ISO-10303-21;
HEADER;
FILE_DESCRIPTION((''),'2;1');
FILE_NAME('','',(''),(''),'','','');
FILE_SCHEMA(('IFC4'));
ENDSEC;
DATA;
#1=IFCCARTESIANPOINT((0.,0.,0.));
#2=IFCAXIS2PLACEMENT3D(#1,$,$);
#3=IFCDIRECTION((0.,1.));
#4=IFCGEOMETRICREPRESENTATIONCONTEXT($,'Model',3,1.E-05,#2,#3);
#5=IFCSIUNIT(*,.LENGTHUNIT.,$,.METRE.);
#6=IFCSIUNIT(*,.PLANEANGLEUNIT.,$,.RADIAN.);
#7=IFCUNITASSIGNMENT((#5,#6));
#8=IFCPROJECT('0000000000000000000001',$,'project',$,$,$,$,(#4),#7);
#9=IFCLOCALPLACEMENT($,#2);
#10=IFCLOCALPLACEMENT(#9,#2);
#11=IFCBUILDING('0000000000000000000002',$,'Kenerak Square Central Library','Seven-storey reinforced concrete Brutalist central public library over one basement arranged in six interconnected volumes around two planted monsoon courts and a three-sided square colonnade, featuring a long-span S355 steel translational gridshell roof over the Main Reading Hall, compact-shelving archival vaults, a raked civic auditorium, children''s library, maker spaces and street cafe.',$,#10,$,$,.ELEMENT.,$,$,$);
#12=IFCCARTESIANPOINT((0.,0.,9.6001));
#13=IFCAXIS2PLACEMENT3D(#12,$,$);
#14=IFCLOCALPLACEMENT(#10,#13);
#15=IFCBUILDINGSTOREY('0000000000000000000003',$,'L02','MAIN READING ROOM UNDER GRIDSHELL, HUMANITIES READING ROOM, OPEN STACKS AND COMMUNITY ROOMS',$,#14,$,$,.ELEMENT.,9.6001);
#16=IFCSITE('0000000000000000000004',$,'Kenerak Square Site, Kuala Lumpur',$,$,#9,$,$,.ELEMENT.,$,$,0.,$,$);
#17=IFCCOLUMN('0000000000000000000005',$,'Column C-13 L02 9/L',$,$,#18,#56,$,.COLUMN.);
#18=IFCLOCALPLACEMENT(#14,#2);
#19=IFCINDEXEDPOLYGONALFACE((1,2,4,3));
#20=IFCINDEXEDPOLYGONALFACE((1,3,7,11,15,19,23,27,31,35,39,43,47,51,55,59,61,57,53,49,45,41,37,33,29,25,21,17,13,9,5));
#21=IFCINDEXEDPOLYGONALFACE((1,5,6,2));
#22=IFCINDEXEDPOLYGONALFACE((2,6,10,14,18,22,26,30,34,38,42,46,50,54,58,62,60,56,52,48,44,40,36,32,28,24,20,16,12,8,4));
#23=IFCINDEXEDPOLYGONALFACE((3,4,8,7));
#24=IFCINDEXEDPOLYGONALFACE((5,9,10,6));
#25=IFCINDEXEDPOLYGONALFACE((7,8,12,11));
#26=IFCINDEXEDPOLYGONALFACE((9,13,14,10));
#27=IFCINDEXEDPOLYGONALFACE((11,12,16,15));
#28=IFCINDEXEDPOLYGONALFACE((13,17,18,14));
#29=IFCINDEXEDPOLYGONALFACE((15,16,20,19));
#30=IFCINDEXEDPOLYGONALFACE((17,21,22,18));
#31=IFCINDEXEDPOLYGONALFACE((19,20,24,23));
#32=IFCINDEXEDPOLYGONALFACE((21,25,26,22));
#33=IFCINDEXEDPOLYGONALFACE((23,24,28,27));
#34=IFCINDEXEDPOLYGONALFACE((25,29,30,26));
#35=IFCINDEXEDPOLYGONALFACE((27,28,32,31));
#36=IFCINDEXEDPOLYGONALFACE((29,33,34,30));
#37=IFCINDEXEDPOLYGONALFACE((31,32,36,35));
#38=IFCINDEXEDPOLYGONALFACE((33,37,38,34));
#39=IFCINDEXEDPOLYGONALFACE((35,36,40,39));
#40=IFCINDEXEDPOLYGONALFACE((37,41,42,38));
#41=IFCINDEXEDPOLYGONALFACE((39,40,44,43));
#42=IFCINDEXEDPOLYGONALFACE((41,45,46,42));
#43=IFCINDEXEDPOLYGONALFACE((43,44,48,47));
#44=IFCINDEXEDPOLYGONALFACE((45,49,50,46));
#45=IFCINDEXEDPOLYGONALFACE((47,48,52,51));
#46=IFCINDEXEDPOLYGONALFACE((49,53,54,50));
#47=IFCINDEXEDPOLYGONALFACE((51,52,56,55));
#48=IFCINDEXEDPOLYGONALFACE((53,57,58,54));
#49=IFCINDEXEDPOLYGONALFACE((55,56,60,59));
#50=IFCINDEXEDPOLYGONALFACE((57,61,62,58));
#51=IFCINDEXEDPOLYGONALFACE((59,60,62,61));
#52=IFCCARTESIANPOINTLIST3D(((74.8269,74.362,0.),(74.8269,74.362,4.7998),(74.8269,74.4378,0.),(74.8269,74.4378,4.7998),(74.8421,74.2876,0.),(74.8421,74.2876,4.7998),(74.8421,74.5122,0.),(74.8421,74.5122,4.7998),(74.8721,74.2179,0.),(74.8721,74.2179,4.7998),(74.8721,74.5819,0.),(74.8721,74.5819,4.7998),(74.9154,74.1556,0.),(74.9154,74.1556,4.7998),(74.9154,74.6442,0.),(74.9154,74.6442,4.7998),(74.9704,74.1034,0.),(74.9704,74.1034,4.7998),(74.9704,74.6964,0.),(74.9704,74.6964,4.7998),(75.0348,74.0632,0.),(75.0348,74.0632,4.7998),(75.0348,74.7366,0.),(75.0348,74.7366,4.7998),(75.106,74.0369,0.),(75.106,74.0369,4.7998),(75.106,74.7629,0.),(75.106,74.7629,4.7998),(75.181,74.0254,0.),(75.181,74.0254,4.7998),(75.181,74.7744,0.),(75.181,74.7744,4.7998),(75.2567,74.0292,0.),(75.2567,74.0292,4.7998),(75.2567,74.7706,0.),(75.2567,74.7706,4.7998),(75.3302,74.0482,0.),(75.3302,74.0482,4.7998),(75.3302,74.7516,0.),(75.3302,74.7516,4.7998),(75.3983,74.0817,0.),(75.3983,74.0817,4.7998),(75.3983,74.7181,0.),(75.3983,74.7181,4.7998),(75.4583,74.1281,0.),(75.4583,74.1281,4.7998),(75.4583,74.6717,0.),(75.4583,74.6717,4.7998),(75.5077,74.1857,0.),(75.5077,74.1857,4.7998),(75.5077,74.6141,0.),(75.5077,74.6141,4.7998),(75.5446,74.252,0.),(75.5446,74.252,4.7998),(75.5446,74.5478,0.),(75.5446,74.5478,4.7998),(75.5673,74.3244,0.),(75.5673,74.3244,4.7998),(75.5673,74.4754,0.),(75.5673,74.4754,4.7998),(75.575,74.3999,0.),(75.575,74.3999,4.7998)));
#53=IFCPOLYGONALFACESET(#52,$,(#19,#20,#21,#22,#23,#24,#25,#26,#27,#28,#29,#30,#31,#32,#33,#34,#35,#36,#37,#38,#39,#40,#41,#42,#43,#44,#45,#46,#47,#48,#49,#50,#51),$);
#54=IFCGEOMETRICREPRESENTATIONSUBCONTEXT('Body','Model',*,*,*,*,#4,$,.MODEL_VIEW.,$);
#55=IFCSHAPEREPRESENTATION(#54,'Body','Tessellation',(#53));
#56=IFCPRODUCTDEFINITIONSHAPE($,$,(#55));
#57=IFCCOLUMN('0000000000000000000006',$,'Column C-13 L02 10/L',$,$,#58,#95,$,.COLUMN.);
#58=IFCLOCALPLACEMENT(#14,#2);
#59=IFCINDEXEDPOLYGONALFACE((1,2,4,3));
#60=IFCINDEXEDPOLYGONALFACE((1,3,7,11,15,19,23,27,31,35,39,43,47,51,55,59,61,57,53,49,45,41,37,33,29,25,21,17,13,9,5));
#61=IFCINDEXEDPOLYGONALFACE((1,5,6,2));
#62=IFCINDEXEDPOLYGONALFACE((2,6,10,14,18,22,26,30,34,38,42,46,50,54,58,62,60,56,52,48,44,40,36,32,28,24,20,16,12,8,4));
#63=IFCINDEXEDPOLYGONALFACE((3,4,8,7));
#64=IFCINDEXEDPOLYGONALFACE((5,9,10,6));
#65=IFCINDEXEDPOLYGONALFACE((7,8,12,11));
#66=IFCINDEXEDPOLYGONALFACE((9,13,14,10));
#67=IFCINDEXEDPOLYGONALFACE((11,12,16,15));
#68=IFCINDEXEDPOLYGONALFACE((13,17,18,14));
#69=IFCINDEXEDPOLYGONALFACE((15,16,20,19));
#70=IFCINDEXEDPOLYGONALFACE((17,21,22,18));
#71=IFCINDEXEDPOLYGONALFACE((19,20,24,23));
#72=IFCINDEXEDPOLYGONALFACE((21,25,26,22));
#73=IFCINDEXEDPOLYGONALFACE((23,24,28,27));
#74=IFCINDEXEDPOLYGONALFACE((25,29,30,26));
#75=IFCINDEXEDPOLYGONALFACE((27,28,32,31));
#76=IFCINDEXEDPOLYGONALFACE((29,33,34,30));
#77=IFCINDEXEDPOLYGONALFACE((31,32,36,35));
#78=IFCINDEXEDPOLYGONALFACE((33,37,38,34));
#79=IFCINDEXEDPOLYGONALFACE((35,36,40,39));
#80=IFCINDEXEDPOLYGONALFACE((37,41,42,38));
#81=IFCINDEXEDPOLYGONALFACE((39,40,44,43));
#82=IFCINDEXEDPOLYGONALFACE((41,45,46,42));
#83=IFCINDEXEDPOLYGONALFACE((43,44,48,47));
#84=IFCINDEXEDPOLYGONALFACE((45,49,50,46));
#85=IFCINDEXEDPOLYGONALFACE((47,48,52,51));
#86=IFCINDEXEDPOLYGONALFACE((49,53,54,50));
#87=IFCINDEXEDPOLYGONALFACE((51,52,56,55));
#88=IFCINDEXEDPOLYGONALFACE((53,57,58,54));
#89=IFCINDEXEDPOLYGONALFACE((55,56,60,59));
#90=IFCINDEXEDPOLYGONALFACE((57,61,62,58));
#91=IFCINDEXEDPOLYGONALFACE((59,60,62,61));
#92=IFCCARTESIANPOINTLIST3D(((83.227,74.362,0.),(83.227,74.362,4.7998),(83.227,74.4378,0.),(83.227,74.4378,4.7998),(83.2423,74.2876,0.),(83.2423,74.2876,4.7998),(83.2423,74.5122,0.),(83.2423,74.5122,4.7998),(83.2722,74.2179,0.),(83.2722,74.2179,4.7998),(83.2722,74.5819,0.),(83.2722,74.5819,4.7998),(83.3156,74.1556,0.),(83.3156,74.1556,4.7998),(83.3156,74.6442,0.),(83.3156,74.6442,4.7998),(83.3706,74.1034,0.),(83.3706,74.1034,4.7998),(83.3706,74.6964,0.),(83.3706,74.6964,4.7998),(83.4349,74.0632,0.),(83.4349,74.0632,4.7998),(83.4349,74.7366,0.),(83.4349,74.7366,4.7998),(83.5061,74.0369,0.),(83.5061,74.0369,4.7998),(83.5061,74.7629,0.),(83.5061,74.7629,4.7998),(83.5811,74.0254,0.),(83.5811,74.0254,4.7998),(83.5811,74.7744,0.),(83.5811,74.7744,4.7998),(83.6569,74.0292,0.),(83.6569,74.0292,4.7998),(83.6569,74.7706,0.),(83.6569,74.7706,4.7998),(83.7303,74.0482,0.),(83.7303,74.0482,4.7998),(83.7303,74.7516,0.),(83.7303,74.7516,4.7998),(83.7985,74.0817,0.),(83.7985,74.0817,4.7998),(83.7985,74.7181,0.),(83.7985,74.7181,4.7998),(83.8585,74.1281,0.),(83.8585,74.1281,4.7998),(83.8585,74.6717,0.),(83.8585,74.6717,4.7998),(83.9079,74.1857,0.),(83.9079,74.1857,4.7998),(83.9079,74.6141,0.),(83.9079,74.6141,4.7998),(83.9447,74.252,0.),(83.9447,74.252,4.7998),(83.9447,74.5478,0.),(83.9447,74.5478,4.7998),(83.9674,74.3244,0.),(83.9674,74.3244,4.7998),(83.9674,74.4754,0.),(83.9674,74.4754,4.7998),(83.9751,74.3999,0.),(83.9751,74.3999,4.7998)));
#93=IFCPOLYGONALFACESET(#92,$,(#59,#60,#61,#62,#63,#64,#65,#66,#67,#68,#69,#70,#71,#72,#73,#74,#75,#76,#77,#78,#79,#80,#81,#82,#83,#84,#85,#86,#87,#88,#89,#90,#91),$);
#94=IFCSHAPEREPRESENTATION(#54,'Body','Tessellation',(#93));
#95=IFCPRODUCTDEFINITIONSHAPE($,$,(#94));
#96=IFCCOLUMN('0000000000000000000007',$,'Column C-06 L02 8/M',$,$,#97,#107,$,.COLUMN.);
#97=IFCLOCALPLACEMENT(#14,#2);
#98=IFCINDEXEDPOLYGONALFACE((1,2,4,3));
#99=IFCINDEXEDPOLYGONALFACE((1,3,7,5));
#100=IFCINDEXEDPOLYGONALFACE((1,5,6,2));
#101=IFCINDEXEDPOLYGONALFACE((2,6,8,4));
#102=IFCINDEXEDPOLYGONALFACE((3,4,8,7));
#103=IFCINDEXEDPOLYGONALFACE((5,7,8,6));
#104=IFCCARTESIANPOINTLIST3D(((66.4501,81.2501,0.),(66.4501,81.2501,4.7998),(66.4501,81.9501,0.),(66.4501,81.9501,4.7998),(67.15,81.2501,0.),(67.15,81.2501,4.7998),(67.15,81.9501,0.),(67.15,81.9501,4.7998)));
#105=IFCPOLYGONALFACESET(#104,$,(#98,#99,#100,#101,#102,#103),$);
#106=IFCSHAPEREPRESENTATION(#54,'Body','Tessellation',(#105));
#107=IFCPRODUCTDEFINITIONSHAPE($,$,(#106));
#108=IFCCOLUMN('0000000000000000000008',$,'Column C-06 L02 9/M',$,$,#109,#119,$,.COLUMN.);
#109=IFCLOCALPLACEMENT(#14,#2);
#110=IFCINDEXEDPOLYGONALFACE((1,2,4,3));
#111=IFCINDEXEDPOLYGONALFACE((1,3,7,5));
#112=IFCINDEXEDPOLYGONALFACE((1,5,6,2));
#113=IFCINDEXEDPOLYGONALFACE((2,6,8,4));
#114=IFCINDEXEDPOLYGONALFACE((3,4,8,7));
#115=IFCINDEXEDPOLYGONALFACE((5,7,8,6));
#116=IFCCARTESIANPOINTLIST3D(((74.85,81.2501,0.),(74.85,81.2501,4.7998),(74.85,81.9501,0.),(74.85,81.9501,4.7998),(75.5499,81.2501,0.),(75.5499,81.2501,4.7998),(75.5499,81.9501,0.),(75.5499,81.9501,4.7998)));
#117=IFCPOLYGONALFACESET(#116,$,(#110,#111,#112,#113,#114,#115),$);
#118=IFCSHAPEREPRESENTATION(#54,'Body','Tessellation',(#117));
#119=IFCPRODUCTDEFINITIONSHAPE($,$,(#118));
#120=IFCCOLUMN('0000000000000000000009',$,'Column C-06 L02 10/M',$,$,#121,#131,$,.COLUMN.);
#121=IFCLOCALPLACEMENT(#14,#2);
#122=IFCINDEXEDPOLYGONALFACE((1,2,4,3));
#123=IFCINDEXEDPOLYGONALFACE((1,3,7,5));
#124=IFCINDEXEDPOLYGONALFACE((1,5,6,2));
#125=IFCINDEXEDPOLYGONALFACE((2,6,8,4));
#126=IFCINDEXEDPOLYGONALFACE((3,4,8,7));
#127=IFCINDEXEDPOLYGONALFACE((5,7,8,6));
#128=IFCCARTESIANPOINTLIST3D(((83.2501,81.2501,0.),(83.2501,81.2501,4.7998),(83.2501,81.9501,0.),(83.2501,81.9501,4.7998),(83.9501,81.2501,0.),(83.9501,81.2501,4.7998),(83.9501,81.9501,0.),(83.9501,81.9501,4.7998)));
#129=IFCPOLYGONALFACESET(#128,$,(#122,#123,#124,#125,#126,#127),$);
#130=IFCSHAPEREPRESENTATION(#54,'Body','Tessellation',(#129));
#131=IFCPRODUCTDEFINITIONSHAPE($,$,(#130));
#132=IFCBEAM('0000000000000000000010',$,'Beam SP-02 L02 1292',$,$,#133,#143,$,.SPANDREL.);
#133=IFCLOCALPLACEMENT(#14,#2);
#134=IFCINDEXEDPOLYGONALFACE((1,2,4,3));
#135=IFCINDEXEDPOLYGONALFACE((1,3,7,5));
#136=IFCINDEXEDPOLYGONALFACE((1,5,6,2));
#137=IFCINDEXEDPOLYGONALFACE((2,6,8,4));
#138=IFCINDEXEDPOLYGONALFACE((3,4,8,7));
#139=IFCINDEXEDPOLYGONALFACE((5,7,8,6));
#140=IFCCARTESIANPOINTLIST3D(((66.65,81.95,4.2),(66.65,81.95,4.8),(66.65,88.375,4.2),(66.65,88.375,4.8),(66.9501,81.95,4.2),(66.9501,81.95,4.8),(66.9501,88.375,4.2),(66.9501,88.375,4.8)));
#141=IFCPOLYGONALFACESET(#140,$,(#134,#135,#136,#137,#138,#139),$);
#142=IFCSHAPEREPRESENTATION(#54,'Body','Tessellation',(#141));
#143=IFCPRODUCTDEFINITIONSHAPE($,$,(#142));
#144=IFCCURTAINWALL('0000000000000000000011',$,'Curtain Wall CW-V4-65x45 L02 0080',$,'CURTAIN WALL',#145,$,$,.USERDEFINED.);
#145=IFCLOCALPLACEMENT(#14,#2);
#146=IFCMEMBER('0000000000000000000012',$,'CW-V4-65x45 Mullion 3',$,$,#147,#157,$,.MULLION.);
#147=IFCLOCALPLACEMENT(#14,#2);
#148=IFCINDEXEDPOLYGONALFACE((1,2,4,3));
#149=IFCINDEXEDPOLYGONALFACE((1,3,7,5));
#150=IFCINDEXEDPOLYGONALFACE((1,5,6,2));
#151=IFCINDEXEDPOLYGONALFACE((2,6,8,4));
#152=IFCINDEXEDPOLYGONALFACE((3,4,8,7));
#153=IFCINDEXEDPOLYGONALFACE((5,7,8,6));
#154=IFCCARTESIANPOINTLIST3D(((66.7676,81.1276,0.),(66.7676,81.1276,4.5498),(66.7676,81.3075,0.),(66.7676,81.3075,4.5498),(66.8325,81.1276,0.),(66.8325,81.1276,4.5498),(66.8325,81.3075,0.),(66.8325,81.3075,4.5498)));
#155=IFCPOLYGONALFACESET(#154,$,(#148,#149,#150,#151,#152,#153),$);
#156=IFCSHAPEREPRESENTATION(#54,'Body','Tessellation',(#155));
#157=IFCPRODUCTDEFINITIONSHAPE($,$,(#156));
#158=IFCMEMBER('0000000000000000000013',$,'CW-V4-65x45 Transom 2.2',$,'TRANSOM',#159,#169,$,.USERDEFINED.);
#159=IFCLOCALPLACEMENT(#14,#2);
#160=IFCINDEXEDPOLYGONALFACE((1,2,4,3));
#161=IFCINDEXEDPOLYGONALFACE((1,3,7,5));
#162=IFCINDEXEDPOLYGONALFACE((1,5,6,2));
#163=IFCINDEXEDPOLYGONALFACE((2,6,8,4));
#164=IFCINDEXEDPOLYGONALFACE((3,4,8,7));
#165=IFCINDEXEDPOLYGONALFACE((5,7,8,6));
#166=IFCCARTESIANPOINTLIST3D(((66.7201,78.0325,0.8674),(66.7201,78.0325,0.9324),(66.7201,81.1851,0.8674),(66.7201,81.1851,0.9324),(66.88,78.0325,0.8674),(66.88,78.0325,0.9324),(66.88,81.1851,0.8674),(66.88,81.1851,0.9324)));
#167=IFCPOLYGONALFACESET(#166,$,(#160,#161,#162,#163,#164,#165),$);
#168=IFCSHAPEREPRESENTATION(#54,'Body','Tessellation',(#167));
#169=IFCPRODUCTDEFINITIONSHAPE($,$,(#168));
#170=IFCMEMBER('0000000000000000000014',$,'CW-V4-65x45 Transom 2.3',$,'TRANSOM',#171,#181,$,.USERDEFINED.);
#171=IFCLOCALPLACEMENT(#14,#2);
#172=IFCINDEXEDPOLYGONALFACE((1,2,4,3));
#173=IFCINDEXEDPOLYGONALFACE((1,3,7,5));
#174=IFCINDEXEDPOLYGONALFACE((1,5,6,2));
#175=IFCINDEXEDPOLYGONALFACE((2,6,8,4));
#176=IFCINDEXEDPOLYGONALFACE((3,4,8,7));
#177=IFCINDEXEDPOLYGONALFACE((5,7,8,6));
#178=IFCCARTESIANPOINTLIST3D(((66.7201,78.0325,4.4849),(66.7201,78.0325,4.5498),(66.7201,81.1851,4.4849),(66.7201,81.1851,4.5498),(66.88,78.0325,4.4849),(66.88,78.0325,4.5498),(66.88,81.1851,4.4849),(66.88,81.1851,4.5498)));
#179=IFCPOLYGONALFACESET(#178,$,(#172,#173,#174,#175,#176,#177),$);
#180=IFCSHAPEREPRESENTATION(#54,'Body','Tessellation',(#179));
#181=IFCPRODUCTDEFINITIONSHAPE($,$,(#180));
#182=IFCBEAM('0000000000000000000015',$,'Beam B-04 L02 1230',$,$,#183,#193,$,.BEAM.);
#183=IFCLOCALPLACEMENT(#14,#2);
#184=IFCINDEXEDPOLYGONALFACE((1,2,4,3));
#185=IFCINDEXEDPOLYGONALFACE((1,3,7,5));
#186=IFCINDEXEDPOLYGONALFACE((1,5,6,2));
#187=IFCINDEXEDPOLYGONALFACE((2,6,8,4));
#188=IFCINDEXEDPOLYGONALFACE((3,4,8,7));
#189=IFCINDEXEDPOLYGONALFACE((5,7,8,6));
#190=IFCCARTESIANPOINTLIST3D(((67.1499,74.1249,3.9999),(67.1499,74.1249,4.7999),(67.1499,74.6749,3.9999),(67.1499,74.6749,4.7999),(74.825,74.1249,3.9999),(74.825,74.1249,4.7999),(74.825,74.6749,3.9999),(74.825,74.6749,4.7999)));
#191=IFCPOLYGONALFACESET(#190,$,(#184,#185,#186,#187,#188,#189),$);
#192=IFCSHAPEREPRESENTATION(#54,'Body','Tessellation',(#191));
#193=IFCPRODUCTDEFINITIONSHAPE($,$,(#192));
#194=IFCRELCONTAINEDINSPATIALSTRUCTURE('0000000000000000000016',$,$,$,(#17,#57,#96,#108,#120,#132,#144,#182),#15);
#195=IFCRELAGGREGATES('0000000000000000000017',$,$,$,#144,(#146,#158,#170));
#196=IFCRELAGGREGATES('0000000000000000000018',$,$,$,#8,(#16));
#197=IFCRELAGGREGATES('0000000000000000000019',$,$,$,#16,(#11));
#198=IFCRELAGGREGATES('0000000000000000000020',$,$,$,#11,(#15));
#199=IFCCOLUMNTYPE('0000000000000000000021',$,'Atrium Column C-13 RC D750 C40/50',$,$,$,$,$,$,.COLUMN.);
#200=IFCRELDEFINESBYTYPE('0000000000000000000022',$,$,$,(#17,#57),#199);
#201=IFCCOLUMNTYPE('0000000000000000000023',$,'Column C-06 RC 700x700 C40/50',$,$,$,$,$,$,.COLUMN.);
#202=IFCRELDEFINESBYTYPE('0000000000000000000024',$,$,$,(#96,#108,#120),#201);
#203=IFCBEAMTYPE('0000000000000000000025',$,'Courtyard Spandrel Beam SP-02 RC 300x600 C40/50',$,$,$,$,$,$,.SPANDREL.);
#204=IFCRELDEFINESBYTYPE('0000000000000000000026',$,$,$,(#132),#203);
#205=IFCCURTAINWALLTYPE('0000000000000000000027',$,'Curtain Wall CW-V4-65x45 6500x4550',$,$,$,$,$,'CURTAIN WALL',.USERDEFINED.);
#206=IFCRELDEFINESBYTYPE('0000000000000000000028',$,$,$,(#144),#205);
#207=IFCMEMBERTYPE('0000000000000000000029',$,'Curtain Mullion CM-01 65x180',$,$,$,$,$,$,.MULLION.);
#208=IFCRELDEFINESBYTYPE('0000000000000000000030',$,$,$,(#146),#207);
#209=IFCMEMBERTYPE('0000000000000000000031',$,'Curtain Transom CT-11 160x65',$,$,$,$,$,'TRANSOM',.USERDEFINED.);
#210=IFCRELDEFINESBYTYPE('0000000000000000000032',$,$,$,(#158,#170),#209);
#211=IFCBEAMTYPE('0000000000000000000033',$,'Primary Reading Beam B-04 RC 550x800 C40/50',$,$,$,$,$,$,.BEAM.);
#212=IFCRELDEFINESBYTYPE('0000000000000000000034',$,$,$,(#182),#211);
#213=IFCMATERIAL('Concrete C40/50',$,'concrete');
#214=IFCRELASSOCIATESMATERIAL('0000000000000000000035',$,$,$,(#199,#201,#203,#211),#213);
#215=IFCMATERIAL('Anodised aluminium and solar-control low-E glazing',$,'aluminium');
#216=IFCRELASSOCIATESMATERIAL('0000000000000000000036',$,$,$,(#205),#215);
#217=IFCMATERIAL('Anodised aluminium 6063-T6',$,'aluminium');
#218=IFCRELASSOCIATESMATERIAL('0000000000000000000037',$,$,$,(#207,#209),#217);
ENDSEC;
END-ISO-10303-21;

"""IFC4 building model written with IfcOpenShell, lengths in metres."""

from ifc_helpers import new_model, si_unit, direction, frame, origin, origin_2d, place, context, subcontext, project, spatial, rectangle, circle, extrude, material, material_profile, profile_set, type_object, element, aggregate, save


model = new_model("IFC4")

# Units and contexts
model_context = context("Model", 3, precision=1e-05, world=origin(), true_north=direction((0.0, 1.0)))
body_context = subcontext(model_context, "Body", "Model", "MODEL_VIEW")
ifc_project = project(units=[si_unit("LENGTHUNIT", "METRE"), si_unit("PLANEANGLEUNIT", "RADIAN")], contexts=[model_context])

# Site, building, storey
site_placement = place(None, origin())
site = spatial("IfcSite", under=ifc_project, at=site_placement, Name="Kenerak Square Site, Kuala Lumpur", CompositionType="ELEMENT", RefElevation=0.0)
building_placement = place(site_placement, origin())
building = spatial("IfcBuilding", under=site, at=building_placement, Name="Kenerak Square Central Library", Description="Seven-storey reinforced concrete Brutalist central public library over one basement arranged in six interconnected volumes around two planted monsoon courts and a three-sided square colonnade, featuring a long-span S355 steel translational gridshell roof over the Main Reading Hall, compact-shelving archival vaults, a raked civic auditorium, children's library, maker spaces and street cafe.", CompositionType="ELEMENT")
storey_placement = place(building_placement, frame((0.0, 0.0, 9.6001)))
storey = spatial("IfcBuildingStorey", under=building, at=storey_placement, Name="L02", Description="MAIN READING ROOM UNDER GRIDSHELL, HUMANITIES READING ROOM, OPEN STACKS AND COMMUNITY ROOMS", CompositionType="ELEMENT", Elevation=9.6001)

# Columns
ifc_material_1 = material(Name="Concrete C40/50", Category="concrete")
ifc_material_profile_1 = material_profile(ifc_material_1, circle(Radius=0.375, at=origin_2d()), Name="RC D750")
ifc_profile_set_1 = profile_set([ifc_material_profile_1], Name="Concrete C40/50")
column_type_1 = type_object("IfcColumnType", Name="Atrium Column C-13 RC D750 C40/50", PredefinedType="COLUMN", material=ifc_profile_set_1)
for number, where, z_axis, x_axis, name in (
    (1, (75.2, 74.3999, 0.0), (0.0, 0.0, 1.0), (1.0, 0.0, 0.0), "Column C-13 L02 9/L"),
    (2, (83.6001, 74.3999, 0.0), (0.0, 0.0, 1.0), (1.0, 0.0, 0.0), "Column C-13 L02 10/L"),
):
    element("IfcColumn", number, at=place(storey_placement, frame(where, z_axis=z_axis, x_axis=x_axis)), inside=storey, type_object=column_type_1, Name=name, PredefinedType="COLUMN", context=body_context, shape_type="SweptSolid", body=[
        extrude(circle(Radius=0.375, at=origin_2d()), origin(), (0.0, 0.0, 1.0), 4.7998),
    ])
ifc_material_profile_2 = material_profile(ifc_material_1, rectangle(XDim=0.7, YDim=0.7, at=origin_2d()), Name="RC 700x700")
ifc_profile_set_2 = profile_set([ifc_material_profile_2], Name="Concrete C40/50")
column_type_2 = type_object("IfcColumnType", Name="Column C-06 RC 700x700 C40/50", PredefinedType="COLUMN", material=ifc_profile_set_2)
for number, where, z_axis, x_axis, name in (
    (3, (66.8, 81.6001, 0.0), (0.0, 0.0, 1.0), (1.0, 0.0, 0.0), "Column C-06 L02 8/M"),
    (4, (75.2, 81.6001, 0.0), (0.0, 0.0, 1.0), (1.0, 0.0, 0.0), "Column C-06 L02 9/M"),
    (5, (83.6001, 81.6001, 0.0), (0.0, 0.0, 1.0), (1.0, 0.0, 0.0), "Column C-06 L02 10/M"),
):
    element("IfcColumn", number, at=place(storey_placement, frame(where, z_axis=z_axis, x_axis=x_axis)), inside=storey, type_object=column_type_2, Name=name, PredefinedType="COLUMN", context=body_context, shape_type="SweptSolid", body=[
        extrude(rectangle(XDim=0.7, YDim=0.7, at=origin_2d()), origin(), (0.0, 0.0, 1.0), 4.7998),
    ])

# Beam
ifc_material_profile_3 = material_profile(ifc_material_1, rectangle(XDim=0.3, YDim=0.6001, at=origin_2d()), Name="RC 300x600")
ifc_profile_set_3 = profile_set([ifc_material_profile_3], Name="Concrete C40/50")
beam_type_1 = type_object("IfcBeamType", Name="Courtyard Spandrel Beam SP-02 RC 300x600 C40/50", PredefinedType="SPANDREL", material=ifc_profile_set_3)
beam_1_placement = place(storey_placement, frame((66.8, 81.95, 4.5), z_axis=(0.0, 1.0, 0.0), x_axis=(-1.0, 0.0, 0.0)))
element("IfcBeam", 6, at=beam_1_placement, inside=storey, type_object=beam_type_1, Name="Beam SP-02 L02 1292", PredefinedType="SPANDREL", context=body_context, shape_type="SweptSolid", body=[
    extrude(rectangle(XDim=0.3, YDim=0.6001, at=origin_2d()), origin(), (0.0, 0.0, 1.0), 6.425),
])

# Curtain wall, members
ifc_material_2 = material(Name="Anodised aluminium and solar-control low-E glazing", Category="aluminium")
curtain_wall_type = type_object("IfcCurtainWallType", Name="Curtain Wall CW-V4-65x45 6500x4550", ElementType="CURTAIN WALL", PredefinedType="USERDEFINED", material=ifc_material_2)
curtain_wall_placement = place(storey_placement, origin())
curtain_wall = element("IfcCurtainWall", 7, at=curtain_wall_placement, inside=storey, type_object=curtain_wall_type, Name="Curtain Wall CW-V4-65x45 L02 0080", ObjectType="CURTAIN WALL", PredefinedType="USERDEFINED")
ifc_material_3 = material(Name="Anodised aluminium 6063-T6", Category="aluminium")
ifc_material_profile_4 = material_profile(ifc_material_3, rectangle(XDim=0.0649, YDim=0.1799, at=origin_2d()), Name="AL MULLION 65x180")
ifc_profile_set_4 = profile_set([ifc_material_profile_4], Name="Anodised aluminium 6063-T6")
member_type_1 = type_object("IfcMemberType", Name="Curtain Mullion CM-01 65x180", PredefinedType="MULLION", material=ifc_profile_set_4)
member_1_placement = place(storey_placement, frame((66.8, 81.2175, 0.0), z_axis=(0.0, 0.0, 1.0), x_axis=(-1.0, 0.0, 0.0)))
member_1 = element("IfcMember", 8, at=member_1_placement, type_object=member_type_1, Name="CW-V4-65x45 Mullion 3", PredefinedType="MULLION", context=body_context, shape_type="SweptSolid", body=[
    extrude(rectangle(XDim=0.0649, YDim=0.1799, at=origin_2d()), origin(), (0.0, 0.0, 1.0), 4.5498),
])
ifc_material_profile_5 = material_profile(ifc_material_3, rectangle(XDim=0.1599, YDim=0.0649, at=origin_2d()), Name="AL TRANSOM 160x65")
ifc_profile_set_5 = profile_set([ifc_material_profile_5], Name="Anodised aluminium 6063-T6")
member_type_2 = type_object("IfcMemberType", Name="Curtain Transom CT-11 160x65", ElementType="TRANSOM", PredefinedType="USERDEFINED", material=ifc_profile_set_5)
member_2_placement = place(storey_placement, frame((66.8, 78.0325, 0.8999), z_axis=(0.0, 1.0, 0.0), x_axis=(-1.0, 0.0, 0.0)))
member_2 = element("IfcMember", 9, at=member_2_placement, type_object=member_type_2, Name="CW-V4-65x45 Transom 2.2", ObjectType="TRANSOM", PredefinedType="USERDEFINED", context=body_context, shape_type="SweptSolid", body=[
    extrude(rectangle(XDim=0.1599, YDim=0.0649, at=origin_2d()), origin(), (0.0, 0.0, 1.0), 3.1526),
])
member_3_placement = place(storey_placement, frame((66.8, 78.0325, 4.5173), z_axis=(0.0, 1.0, 0.0), x_axis=(-1.0, 0.0, 0.0)))
member_3 = element("IfcMember", 10, at=member_3_placement, type_object=member_type_2, Name="CW-V4-65x45 Transom 2.3", ObjectType="TRANSOM", PredefinedType="USERDEFINED", context=body_context, shape_type="SweptSolid", body=[
    extrude(rectangle(XDim=0.1599, YDim=0.0649, at=origin_2d()), origin(), (0.0, 0.0, 1.0), 3.1526),
])

# Beam
ifc_material_profile_6 = material_profile(ifc_material_1, rectangle(XDim=0.55, YDim=0.8, at=origin_2d()), Name="RC 550x800")
ifc_profile_set_6 = profile_set([ifc_material_profile_6], Name="Concrete C40/50")
beam_type_2 = type_object("IfcBeamType", Name="Primary Reading Beam B-04 RC 550x800 C40/50", PredefinedType="BEAM", material=ifc_profile_set_6)
beam_2_placement = place(storey_placement, frame((67.1499, 74.3999, 4.3999), z_axis=(1.0, 0.0, 0.0), x_axis=(0.0, 1.0, 0.0)))
element("IfcBeam", 11, at=beam_2_placement, inside=storey, type_object=beam_type_2, Name="Beam B-04 L02 1230", PredefinedType="BEAM", context=body_context, shape_type="SweptSolid", body=[
    extrude(rectangle(XDim=0.55, YDim=0.8, at=origin_2d()), origin(), (0.0, 0.0, 1.0), 7.675),
])

aggregate(curtain_wall, [member_1, member_2, member_3])

save(model, "model.ifc")
